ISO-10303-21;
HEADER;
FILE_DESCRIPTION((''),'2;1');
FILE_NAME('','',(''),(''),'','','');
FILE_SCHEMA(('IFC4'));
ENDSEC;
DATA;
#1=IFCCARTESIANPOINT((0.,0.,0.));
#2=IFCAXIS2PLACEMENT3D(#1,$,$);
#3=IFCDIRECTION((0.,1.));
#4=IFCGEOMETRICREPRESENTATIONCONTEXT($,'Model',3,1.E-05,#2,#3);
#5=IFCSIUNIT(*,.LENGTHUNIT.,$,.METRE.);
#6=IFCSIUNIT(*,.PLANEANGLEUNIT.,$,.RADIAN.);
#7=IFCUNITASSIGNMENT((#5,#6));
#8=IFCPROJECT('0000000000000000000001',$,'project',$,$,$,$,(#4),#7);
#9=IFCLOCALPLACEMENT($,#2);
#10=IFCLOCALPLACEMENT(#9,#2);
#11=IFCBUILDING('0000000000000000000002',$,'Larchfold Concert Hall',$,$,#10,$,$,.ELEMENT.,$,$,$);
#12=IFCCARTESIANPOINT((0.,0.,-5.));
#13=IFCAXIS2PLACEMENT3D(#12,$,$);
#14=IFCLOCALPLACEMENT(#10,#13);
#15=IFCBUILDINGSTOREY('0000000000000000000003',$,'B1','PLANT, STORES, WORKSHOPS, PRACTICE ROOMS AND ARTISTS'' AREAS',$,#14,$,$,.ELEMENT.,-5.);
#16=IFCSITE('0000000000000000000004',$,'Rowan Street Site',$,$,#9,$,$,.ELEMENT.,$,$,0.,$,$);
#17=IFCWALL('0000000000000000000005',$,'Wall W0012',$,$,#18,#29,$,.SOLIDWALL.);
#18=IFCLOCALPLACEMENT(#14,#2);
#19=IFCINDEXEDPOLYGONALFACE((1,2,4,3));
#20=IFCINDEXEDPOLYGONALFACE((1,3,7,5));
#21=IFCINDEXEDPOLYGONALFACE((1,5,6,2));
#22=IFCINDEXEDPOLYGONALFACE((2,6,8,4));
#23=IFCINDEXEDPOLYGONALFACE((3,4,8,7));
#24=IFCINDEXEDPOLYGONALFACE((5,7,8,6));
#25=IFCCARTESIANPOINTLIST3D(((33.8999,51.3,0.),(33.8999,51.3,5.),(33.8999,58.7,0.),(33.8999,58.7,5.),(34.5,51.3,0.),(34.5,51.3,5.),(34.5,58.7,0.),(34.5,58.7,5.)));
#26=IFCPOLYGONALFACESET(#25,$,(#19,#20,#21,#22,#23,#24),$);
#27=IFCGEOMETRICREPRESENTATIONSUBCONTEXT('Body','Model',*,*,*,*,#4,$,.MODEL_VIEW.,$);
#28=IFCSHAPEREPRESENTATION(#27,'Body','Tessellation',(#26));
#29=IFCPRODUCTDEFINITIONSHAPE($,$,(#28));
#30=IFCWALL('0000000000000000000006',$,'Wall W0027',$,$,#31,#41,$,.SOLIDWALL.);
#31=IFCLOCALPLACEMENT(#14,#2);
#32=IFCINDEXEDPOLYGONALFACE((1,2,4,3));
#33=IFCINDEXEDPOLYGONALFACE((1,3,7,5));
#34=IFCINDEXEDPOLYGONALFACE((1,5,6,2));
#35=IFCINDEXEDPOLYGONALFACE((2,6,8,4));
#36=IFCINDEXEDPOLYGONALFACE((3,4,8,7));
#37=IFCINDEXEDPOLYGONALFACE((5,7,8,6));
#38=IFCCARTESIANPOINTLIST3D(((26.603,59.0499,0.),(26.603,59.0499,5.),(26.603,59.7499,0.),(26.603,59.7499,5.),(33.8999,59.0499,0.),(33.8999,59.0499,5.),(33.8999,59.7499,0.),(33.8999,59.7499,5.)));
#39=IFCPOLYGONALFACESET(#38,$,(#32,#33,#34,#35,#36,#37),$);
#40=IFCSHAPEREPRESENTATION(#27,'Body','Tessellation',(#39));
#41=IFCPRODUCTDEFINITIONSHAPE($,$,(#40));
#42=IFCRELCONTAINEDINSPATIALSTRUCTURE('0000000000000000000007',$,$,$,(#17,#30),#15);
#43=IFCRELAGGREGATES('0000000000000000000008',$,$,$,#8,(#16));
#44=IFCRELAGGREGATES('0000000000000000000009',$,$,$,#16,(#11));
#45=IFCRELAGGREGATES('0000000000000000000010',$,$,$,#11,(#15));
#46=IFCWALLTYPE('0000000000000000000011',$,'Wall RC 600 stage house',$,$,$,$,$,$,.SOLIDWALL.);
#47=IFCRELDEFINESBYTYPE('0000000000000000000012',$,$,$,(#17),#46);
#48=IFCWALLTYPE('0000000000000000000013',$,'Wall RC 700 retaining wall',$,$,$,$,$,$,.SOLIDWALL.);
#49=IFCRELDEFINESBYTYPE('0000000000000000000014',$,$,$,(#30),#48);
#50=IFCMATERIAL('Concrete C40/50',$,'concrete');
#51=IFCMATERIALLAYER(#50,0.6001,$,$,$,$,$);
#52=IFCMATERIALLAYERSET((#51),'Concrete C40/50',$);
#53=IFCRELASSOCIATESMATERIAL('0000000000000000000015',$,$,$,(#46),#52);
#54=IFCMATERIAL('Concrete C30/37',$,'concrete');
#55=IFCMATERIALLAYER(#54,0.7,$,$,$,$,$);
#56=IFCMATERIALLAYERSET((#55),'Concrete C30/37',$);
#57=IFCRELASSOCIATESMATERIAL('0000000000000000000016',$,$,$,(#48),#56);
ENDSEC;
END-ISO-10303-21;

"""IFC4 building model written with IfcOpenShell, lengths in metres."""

from ifc_helpers import new_model, si_unit, direction, frame, frame_2d, origin, place, context, subcontext, project, spatial, rectangle, extrude, material, layer, layer_set, type_object, element, save


model = new_model("IFC4")

# Units and contexts
model_context = context("Model", 3, precision=1e-05, world=origin(), true_north=direction((0.0, 1.0)))
body_context = subcontext(model_context, "Body", "Model", "MODEL_VIEW")
ifc_project = project(units=[si_unit("LENGTHUNIT", "METRE"), si_unit("PLANEANGLEUNIT", "RADIAN")], contexts=[model_context])

# Site, building, storey
site_placement = place(None, origin())
site = spatial("IfcSite", under=ifc_project, at=site_placement, Name="Rowan Street Site", CompositionType="ELEMENT", RefElevation=0.0)
building_placement = place(site_placement, origin())
building = spatial("IfcBuilding", under=site, at=building_placement, Name="Larchfold Concert Hall", CompositionType="ELEMENT")
storey_placement = place(building_placement, frame((0.0, 0.0, -5.0)))
storey = spatial("IfcBuildingStorey", under=building, at=storey_placement, Name="B1", Description="PLANT, STORES, WORKSHOPS, PRACTICE ROOMS AND ARTISTS' AREAS", CompositionType="ELEMENT", Elevation=-5.0)

# Walls
ifc_material_1 = material(Name="Concrete C40/50", Category="concrete")
ifc_layer_1 = layer(ifc_material_1, 0.6001)
ifc_layer_set_1 = layer_set([ifc_layer_1], Name="Concrete C40/50")
wall_type_1 = type_object("IfcWallType", Name="Wall RC 600 stage house", PredefinedType="SOLIDWALL", material=ifc_layer_set_1)
wall_1_placement = place(storey_placement, frame((34.2, 58.7, 0.0), z_axis=(0.0, 0.0, 1.0), x_axis=(0.0, -1.0, 0.0)))
element("IfcWall", 1, at=wall_1_placement, inside=storey, type_object=wall_type_1, Name="Wall W0012", PredefinedType="SOLIDWALL", context=body_context, shape_type="SweptSolid", body=[
    extrude(rectangle(XDim=7.3999, YDim=0.6001, at=frame_2d((3.7, 0.0))), origin(), (0.0, 0.0, 1.0), 5.0),
])
ifc_material_2 = material(Name="Concrete C30/37", Category="concrete")
ifc_layer_2 = layer(ifc_material_2, 0.7)
ifc_layer_set_2 = layer_set([ifc_layer_2], Name="Concrete C30/37")
wall_type_2 = type_object("IfcWallType", Name="Wall RC 700 retaining wall", PredefinedType="SOLIDWALL", material=ifc_layer_set_2)
wall_2_placement = place(storey_placement, frame((33.8999, 59.3999, 0.0), z_axis=(0.0, 0.0, 1.0), x_axis=(-1.0, 0.0, 0.0)))
element("IfcWall", 2, at=wall_2_placement, inside=storey, type_object=wall_type_2, Name="Wall W0027", PredefinedType="SOLIDWALL", context=body_context, shape_type="SweptSolid", body=[
    extrude(rectangle(XDim=7.2969, YDim=0.7, at=frame_2d((3.6484, 0.0))), origin(), (0.0, 0.0, 1.0), 5.0),
])

save(model, "model.ifc")
